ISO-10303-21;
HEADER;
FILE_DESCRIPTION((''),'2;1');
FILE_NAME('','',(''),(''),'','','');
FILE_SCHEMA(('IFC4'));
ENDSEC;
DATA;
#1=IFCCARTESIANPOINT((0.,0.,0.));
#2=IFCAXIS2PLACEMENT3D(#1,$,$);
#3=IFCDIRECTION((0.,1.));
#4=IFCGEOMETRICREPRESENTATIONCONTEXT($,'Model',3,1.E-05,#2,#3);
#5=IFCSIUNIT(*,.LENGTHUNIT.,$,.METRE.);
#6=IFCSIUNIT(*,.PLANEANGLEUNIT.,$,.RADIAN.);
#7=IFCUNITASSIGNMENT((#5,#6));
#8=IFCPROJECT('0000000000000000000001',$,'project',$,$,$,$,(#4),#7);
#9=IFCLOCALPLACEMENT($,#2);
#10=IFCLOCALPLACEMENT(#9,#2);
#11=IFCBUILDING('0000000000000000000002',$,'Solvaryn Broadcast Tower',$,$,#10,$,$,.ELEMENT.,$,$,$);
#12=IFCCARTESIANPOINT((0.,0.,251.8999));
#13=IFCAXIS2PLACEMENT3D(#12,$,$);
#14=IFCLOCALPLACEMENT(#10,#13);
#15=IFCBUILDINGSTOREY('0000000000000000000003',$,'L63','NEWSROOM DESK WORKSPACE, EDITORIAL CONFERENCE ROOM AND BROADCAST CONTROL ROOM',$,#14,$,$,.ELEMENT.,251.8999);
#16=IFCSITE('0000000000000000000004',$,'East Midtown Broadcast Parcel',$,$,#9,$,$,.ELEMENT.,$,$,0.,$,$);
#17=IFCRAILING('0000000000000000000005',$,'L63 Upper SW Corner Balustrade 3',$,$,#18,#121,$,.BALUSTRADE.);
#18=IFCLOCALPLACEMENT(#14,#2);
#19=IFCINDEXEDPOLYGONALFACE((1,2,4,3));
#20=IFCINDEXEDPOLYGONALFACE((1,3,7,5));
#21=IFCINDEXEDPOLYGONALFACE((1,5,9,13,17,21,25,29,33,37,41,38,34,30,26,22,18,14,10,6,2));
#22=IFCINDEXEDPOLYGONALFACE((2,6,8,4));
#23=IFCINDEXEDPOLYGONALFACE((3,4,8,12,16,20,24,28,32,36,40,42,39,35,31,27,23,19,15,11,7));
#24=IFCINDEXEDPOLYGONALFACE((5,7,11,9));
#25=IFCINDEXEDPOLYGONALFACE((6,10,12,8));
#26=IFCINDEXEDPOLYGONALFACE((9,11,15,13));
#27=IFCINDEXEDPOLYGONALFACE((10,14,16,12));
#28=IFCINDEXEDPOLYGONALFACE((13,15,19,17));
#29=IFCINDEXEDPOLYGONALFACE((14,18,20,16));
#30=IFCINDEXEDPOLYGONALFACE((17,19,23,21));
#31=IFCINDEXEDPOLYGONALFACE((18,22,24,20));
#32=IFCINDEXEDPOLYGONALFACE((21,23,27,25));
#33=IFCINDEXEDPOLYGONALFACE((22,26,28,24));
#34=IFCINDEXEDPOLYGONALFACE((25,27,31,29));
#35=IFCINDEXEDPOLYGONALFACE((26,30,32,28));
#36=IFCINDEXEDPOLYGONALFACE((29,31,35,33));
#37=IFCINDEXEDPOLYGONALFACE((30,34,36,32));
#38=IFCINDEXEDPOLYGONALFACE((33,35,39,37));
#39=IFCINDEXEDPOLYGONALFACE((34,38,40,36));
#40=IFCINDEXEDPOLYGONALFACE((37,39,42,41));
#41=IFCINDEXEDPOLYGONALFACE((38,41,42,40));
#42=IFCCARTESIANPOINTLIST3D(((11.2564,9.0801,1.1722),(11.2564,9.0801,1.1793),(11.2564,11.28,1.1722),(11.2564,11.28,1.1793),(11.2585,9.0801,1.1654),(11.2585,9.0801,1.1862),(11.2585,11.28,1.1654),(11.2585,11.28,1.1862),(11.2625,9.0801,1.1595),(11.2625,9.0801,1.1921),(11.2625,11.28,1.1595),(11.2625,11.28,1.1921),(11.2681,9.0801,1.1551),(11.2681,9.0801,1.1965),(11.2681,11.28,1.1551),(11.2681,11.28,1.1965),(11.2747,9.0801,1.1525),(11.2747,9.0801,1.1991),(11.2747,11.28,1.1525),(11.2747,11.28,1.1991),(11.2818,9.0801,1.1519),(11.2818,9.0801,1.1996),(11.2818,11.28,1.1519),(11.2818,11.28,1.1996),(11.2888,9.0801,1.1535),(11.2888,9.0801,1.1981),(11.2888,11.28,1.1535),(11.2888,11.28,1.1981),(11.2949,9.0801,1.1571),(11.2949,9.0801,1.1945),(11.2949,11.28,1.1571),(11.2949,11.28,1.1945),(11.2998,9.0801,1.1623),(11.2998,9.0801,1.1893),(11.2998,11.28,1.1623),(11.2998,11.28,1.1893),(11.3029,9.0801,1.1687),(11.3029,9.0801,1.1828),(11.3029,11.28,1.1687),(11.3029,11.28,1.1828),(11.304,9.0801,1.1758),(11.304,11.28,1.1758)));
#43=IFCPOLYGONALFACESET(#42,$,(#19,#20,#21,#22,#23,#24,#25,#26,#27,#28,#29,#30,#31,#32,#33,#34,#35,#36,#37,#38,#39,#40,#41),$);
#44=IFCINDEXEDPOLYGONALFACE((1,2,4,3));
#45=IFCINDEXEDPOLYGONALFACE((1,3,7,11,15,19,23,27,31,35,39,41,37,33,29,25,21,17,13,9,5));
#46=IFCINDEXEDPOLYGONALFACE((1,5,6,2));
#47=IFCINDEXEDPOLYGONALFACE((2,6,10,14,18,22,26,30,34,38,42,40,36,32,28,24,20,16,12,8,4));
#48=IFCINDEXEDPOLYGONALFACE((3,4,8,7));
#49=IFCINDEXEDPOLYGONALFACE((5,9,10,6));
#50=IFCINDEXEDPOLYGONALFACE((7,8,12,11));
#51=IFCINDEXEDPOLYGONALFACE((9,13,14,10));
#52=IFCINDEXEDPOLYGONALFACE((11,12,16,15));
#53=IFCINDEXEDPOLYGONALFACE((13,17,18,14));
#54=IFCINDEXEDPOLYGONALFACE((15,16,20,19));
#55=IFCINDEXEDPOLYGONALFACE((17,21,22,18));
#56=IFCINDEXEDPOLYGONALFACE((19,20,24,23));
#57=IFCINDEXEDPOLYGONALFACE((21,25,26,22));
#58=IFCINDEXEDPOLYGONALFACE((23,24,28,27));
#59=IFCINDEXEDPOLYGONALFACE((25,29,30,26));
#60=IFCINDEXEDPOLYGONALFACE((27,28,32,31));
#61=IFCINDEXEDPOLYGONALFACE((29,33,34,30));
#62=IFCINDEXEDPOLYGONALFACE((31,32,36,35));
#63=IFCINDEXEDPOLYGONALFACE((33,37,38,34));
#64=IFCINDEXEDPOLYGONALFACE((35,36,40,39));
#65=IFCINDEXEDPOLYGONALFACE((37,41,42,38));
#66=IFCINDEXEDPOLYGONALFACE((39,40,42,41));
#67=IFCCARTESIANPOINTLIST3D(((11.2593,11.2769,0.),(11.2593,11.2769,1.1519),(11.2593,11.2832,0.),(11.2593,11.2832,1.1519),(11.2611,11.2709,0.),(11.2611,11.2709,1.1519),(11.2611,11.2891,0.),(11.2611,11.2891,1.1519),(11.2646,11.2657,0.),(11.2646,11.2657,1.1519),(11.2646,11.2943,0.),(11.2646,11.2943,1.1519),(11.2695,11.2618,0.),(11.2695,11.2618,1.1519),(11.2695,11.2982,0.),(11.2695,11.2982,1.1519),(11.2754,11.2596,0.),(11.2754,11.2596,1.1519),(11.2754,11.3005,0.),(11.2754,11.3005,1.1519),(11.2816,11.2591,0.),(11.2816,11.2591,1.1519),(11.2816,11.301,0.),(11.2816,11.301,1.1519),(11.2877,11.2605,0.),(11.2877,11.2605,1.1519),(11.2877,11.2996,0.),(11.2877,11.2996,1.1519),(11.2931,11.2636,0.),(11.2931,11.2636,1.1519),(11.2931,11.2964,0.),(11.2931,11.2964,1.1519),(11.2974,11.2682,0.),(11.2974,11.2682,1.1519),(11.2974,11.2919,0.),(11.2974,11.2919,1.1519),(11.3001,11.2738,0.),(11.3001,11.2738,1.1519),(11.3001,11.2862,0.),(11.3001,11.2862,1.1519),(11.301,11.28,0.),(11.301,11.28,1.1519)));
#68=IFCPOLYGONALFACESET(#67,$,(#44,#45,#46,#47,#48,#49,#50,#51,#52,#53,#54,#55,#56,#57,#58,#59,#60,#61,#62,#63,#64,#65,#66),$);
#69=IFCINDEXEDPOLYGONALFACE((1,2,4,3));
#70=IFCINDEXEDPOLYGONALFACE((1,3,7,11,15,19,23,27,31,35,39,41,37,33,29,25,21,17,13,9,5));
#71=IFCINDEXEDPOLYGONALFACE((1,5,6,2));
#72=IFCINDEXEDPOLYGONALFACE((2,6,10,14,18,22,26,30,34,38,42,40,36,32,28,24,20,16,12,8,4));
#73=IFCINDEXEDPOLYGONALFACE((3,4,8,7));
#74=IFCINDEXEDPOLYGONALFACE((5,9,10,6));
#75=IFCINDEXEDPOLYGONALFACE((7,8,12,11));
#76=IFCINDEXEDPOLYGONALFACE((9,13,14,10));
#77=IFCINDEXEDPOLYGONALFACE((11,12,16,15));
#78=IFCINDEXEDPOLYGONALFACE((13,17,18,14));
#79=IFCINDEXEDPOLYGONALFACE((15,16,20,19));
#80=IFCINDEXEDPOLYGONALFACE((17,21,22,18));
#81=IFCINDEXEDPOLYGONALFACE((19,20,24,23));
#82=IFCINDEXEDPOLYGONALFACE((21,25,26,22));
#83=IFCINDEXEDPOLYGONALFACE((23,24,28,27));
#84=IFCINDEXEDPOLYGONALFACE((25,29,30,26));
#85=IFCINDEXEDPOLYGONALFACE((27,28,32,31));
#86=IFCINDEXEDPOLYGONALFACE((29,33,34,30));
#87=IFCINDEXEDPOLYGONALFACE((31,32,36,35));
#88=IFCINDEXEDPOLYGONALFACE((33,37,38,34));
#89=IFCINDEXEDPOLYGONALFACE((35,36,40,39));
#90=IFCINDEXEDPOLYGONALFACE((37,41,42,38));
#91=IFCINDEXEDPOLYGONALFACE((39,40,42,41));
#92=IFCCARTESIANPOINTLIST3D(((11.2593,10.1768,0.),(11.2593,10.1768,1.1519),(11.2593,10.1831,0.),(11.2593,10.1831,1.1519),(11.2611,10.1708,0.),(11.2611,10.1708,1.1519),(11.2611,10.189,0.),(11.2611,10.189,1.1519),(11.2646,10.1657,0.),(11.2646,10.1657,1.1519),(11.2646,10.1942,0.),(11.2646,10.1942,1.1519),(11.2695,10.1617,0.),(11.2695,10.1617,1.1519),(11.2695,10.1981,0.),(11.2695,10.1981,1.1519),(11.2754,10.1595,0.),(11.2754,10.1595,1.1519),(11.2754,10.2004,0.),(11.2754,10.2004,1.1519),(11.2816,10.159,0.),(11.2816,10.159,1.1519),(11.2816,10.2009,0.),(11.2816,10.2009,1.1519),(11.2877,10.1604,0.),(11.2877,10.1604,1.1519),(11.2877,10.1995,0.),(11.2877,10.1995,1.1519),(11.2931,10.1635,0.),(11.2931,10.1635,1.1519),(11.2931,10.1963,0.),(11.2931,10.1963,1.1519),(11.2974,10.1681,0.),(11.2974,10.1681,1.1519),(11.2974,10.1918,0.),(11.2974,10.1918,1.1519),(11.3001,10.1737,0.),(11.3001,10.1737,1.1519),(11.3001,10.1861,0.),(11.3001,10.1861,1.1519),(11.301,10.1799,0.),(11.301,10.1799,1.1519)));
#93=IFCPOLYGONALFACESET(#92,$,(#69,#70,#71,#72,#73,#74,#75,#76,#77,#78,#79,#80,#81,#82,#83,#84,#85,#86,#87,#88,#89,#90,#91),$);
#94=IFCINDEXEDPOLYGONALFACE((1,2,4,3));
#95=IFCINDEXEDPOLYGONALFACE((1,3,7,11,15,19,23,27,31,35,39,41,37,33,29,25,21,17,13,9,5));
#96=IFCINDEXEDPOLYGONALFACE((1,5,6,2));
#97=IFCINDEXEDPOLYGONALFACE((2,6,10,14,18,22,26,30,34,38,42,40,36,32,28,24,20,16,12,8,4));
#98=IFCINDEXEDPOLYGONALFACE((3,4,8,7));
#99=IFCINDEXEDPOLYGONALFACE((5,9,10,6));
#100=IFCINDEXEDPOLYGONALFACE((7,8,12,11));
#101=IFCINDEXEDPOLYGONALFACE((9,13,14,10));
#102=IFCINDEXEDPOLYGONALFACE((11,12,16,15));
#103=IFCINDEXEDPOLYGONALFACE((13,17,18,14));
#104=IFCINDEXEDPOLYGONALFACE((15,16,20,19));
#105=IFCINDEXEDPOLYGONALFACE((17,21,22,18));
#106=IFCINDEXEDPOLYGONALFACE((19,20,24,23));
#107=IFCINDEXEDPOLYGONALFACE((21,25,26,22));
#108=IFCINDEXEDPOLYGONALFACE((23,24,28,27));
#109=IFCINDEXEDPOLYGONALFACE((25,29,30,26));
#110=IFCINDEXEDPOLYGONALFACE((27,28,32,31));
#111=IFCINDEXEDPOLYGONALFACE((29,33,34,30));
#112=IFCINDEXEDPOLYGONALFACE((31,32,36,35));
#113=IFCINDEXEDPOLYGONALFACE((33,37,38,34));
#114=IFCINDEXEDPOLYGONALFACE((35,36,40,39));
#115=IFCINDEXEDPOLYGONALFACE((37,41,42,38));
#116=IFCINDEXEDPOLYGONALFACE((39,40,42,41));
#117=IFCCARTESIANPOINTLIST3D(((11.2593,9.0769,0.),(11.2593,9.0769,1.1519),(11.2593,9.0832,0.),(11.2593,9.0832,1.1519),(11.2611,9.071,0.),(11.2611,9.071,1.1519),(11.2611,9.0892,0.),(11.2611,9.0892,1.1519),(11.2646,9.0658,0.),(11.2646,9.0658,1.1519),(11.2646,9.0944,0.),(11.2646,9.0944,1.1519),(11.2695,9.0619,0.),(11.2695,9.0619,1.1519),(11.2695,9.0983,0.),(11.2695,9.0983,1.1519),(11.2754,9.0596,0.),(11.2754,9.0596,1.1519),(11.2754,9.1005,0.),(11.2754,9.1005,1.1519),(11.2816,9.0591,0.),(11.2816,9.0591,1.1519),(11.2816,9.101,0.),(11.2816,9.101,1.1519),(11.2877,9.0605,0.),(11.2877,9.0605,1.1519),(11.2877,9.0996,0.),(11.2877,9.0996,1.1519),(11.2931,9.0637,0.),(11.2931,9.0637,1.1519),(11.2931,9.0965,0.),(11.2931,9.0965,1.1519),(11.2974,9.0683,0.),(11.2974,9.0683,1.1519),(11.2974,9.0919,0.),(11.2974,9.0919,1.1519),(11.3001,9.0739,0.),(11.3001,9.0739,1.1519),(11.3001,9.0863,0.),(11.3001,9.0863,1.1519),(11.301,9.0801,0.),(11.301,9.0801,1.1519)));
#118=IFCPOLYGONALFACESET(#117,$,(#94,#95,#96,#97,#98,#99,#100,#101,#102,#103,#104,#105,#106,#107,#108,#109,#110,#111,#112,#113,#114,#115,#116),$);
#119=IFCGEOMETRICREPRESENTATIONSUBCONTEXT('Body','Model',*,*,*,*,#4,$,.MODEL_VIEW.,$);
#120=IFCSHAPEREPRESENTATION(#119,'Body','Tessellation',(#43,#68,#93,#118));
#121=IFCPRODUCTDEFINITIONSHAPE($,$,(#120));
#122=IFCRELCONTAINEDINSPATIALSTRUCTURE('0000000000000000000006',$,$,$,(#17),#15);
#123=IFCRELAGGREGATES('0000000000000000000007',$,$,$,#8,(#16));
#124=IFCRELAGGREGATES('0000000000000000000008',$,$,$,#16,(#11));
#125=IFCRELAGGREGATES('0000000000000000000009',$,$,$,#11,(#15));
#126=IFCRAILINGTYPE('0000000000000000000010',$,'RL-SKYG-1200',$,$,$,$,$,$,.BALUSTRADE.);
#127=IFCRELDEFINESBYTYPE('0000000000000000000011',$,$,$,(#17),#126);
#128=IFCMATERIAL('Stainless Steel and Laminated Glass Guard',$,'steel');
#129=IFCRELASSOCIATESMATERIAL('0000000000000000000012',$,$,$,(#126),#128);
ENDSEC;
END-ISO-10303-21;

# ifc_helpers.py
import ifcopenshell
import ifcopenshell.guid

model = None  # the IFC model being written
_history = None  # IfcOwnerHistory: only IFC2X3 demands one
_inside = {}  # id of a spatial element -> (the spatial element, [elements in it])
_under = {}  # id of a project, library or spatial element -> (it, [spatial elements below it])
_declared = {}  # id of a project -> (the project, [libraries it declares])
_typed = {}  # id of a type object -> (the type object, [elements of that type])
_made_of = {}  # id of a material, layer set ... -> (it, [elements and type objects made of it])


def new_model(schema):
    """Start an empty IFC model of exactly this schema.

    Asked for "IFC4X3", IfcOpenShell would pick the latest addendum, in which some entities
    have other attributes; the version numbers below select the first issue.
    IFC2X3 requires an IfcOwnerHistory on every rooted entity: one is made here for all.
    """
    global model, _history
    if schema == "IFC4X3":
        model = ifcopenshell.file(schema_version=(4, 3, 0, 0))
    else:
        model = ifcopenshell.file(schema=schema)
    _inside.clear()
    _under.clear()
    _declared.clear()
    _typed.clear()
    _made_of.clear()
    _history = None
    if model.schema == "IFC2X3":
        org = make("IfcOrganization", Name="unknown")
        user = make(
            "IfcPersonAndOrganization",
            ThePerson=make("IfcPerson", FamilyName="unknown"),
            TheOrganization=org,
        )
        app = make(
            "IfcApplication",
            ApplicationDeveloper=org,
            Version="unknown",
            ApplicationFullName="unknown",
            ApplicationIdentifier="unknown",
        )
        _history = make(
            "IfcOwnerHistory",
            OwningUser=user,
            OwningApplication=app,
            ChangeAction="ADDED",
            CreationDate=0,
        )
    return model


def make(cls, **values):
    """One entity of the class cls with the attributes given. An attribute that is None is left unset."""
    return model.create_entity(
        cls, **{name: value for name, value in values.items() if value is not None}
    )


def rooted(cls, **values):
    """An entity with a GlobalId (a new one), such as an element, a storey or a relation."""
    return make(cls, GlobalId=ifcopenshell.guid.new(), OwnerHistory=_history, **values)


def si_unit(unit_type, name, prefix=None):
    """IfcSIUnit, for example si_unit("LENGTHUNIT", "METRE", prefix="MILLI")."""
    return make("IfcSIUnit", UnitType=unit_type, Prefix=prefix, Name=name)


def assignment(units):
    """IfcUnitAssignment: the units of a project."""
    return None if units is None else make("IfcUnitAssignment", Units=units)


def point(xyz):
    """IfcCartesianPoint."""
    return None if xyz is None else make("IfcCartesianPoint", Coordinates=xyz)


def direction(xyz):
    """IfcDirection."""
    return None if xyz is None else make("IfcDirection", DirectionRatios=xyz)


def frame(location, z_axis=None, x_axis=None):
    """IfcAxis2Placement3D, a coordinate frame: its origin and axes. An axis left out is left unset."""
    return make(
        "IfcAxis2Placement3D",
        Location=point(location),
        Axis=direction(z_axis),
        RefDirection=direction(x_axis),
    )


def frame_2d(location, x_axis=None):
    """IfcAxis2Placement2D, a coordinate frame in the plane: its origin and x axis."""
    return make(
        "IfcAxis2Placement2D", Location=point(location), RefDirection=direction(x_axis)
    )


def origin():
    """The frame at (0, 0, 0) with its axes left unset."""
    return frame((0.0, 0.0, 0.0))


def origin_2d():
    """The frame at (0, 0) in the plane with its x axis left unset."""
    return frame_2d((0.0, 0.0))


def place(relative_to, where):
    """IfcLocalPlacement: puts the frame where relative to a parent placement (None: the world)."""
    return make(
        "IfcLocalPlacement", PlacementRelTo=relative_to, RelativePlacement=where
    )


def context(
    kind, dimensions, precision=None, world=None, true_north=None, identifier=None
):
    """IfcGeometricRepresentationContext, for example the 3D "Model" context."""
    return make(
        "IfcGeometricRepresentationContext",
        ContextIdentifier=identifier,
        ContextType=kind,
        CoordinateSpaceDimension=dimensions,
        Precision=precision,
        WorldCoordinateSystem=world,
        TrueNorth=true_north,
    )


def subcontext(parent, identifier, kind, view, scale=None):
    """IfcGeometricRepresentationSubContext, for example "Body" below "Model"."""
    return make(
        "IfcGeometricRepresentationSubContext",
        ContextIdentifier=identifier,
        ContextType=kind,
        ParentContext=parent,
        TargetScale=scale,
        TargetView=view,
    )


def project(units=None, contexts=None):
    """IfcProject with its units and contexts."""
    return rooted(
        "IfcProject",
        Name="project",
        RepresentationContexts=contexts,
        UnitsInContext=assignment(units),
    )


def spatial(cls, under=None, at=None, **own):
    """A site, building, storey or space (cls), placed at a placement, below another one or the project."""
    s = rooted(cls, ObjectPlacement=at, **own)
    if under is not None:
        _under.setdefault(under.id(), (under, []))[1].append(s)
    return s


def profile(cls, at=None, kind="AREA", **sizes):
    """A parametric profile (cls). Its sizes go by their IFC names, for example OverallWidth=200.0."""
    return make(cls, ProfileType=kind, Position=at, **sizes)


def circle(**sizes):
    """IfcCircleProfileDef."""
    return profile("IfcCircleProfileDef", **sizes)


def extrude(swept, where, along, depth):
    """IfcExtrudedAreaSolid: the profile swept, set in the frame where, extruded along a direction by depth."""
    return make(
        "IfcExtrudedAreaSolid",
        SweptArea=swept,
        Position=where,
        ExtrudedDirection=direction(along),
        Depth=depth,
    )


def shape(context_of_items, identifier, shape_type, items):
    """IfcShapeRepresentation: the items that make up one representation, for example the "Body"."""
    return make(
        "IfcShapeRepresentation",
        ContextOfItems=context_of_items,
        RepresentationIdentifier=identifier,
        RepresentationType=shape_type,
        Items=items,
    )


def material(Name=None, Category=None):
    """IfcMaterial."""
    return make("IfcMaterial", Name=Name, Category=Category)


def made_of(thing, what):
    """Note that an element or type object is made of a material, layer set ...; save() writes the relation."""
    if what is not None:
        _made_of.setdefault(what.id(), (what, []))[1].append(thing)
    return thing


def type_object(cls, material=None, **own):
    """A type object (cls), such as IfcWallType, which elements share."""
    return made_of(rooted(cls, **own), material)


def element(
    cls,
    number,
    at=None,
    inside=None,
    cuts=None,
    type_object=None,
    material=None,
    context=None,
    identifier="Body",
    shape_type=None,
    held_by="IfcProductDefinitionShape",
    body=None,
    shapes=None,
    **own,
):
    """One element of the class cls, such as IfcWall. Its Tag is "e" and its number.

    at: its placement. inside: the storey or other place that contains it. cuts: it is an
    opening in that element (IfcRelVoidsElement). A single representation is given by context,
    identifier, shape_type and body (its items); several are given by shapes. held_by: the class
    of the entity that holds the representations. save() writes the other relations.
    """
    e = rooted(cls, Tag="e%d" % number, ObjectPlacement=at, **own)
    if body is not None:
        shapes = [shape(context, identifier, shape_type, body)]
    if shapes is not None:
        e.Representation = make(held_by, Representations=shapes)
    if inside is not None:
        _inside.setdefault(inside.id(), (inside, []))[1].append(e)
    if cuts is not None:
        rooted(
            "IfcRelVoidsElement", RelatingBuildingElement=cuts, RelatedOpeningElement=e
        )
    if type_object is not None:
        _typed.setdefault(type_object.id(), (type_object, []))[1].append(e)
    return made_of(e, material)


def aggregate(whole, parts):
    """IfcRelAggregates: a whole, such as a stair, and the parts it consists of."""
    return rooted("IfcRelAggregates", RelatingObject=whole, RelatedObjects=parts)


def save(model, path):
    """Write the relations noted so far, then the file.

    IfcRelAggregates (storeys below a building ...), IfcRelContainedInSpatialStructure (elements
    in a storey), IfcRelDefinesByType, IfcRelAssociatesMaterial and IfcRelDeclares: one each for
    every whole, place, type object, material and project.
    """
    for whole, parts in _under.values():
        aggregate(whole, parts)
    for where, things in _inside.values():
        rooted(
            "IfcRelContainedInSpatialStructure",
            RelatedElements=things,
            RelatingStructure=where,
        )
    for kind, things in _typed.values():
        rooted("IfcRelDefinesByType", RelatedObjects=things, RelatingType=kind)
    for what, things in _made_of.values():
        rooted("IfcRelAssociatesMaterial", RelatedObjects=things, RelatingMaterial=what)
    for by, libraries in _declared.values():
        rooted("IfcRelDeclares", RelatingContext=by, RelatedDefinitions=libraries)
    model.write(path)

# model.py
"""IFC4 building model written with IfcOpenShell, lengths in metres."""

from ifc_helpers import new_model, si_unit, direction, frame, origin, origin_2d, place, context, subcontext, project, spatial, circle, extrude, material, type_object, element, save


model = new_model("IFC4")

# Units and contexts
model_context = context("Model", 3, precision=1e-05, world=origin(), true_north=direction((0.0, 1.0)))
body_context = subcontext(model_context, "Body", "Model", "MODEL_VIEW")
ifc_project = project(units=[si_unit("LENGTHUNIT", "METRE"), si_unit("PLANEANGLEUNIT", "RADIAN")], contexts=[model_context])

# Site, building, storey
site_placement = place(None, origin())
site = spatial("IfcSite", under=ifc_project, at=site_placement, Name="East Midtown Broadcast Parcel", CompositionType="ELEMENT", RefElevation=0.0)
building_placement = place(site_placement, origin())
building = spatial("IfcBuilding", under=site, at=building_placement, Name="Solvaryn Broadcast Tower", CompositionType="ELEMENT")
storey_placement = place(building_placement, frame((0.0, 0.0, 251.8999)))
storey = spatial("IfcBuildingStorey", under=building, at=storey_placement, Name="L63", Description="NEWSROOM DESK WORKSPACE, EDITORIAL CONFERENCE ROOM AND BROADCAST CONTROL ROOM", CompositionType="ELEMENT", Elevation=251.8999)

# Railing
ifc_material_1 = material(Name="Stainless Steel and Laminated Glass Guard", Category="steel")
railing_type = type_object("IfcRailingType", Name="RL-SKYG-1200", PredefinedType="BALUSTRADE", material=ifc_material_1)
railing_1_placement = place(storey_placement, frame((11.28, 11.28, 0.0)))
element("IfcRailing", 1, at=railing_1_placement, inside=storey, type_object=railing_type, Name="L63 Upper SW Corner Balustrade 3", PredefinedType="BALUSTRADE", context=body_context, shape_type="SweptSolid", body=[
    extrude(circle(Radius=0.0239, at=origin_2d()), frame((0.0, 0.0, 1.1758), z_axis=(0.0, -1.0, 0.0), x_axis=(1.0, 0.0, 0.0)), (0.0, 0.0, 1.0), 2.2),
    extrude(circle(Radius=0.021, at=origin_2d()), origin(), (0.0, 0.0, 1.0), 1.1519),
    extrude(circle(Radius=0.021, at=origin_2d()), frame((0.0, -1.1001, 0.0)), (0.0, 0.0, 1.0), 1.1519),
    extrude(circle(Radius=0.021, at=origin_2d()), frame((0.0, -2.2, 0.0)), (0.0, 0.0, 1.0), 1.1519),
])

save(model, "model.ifc")
